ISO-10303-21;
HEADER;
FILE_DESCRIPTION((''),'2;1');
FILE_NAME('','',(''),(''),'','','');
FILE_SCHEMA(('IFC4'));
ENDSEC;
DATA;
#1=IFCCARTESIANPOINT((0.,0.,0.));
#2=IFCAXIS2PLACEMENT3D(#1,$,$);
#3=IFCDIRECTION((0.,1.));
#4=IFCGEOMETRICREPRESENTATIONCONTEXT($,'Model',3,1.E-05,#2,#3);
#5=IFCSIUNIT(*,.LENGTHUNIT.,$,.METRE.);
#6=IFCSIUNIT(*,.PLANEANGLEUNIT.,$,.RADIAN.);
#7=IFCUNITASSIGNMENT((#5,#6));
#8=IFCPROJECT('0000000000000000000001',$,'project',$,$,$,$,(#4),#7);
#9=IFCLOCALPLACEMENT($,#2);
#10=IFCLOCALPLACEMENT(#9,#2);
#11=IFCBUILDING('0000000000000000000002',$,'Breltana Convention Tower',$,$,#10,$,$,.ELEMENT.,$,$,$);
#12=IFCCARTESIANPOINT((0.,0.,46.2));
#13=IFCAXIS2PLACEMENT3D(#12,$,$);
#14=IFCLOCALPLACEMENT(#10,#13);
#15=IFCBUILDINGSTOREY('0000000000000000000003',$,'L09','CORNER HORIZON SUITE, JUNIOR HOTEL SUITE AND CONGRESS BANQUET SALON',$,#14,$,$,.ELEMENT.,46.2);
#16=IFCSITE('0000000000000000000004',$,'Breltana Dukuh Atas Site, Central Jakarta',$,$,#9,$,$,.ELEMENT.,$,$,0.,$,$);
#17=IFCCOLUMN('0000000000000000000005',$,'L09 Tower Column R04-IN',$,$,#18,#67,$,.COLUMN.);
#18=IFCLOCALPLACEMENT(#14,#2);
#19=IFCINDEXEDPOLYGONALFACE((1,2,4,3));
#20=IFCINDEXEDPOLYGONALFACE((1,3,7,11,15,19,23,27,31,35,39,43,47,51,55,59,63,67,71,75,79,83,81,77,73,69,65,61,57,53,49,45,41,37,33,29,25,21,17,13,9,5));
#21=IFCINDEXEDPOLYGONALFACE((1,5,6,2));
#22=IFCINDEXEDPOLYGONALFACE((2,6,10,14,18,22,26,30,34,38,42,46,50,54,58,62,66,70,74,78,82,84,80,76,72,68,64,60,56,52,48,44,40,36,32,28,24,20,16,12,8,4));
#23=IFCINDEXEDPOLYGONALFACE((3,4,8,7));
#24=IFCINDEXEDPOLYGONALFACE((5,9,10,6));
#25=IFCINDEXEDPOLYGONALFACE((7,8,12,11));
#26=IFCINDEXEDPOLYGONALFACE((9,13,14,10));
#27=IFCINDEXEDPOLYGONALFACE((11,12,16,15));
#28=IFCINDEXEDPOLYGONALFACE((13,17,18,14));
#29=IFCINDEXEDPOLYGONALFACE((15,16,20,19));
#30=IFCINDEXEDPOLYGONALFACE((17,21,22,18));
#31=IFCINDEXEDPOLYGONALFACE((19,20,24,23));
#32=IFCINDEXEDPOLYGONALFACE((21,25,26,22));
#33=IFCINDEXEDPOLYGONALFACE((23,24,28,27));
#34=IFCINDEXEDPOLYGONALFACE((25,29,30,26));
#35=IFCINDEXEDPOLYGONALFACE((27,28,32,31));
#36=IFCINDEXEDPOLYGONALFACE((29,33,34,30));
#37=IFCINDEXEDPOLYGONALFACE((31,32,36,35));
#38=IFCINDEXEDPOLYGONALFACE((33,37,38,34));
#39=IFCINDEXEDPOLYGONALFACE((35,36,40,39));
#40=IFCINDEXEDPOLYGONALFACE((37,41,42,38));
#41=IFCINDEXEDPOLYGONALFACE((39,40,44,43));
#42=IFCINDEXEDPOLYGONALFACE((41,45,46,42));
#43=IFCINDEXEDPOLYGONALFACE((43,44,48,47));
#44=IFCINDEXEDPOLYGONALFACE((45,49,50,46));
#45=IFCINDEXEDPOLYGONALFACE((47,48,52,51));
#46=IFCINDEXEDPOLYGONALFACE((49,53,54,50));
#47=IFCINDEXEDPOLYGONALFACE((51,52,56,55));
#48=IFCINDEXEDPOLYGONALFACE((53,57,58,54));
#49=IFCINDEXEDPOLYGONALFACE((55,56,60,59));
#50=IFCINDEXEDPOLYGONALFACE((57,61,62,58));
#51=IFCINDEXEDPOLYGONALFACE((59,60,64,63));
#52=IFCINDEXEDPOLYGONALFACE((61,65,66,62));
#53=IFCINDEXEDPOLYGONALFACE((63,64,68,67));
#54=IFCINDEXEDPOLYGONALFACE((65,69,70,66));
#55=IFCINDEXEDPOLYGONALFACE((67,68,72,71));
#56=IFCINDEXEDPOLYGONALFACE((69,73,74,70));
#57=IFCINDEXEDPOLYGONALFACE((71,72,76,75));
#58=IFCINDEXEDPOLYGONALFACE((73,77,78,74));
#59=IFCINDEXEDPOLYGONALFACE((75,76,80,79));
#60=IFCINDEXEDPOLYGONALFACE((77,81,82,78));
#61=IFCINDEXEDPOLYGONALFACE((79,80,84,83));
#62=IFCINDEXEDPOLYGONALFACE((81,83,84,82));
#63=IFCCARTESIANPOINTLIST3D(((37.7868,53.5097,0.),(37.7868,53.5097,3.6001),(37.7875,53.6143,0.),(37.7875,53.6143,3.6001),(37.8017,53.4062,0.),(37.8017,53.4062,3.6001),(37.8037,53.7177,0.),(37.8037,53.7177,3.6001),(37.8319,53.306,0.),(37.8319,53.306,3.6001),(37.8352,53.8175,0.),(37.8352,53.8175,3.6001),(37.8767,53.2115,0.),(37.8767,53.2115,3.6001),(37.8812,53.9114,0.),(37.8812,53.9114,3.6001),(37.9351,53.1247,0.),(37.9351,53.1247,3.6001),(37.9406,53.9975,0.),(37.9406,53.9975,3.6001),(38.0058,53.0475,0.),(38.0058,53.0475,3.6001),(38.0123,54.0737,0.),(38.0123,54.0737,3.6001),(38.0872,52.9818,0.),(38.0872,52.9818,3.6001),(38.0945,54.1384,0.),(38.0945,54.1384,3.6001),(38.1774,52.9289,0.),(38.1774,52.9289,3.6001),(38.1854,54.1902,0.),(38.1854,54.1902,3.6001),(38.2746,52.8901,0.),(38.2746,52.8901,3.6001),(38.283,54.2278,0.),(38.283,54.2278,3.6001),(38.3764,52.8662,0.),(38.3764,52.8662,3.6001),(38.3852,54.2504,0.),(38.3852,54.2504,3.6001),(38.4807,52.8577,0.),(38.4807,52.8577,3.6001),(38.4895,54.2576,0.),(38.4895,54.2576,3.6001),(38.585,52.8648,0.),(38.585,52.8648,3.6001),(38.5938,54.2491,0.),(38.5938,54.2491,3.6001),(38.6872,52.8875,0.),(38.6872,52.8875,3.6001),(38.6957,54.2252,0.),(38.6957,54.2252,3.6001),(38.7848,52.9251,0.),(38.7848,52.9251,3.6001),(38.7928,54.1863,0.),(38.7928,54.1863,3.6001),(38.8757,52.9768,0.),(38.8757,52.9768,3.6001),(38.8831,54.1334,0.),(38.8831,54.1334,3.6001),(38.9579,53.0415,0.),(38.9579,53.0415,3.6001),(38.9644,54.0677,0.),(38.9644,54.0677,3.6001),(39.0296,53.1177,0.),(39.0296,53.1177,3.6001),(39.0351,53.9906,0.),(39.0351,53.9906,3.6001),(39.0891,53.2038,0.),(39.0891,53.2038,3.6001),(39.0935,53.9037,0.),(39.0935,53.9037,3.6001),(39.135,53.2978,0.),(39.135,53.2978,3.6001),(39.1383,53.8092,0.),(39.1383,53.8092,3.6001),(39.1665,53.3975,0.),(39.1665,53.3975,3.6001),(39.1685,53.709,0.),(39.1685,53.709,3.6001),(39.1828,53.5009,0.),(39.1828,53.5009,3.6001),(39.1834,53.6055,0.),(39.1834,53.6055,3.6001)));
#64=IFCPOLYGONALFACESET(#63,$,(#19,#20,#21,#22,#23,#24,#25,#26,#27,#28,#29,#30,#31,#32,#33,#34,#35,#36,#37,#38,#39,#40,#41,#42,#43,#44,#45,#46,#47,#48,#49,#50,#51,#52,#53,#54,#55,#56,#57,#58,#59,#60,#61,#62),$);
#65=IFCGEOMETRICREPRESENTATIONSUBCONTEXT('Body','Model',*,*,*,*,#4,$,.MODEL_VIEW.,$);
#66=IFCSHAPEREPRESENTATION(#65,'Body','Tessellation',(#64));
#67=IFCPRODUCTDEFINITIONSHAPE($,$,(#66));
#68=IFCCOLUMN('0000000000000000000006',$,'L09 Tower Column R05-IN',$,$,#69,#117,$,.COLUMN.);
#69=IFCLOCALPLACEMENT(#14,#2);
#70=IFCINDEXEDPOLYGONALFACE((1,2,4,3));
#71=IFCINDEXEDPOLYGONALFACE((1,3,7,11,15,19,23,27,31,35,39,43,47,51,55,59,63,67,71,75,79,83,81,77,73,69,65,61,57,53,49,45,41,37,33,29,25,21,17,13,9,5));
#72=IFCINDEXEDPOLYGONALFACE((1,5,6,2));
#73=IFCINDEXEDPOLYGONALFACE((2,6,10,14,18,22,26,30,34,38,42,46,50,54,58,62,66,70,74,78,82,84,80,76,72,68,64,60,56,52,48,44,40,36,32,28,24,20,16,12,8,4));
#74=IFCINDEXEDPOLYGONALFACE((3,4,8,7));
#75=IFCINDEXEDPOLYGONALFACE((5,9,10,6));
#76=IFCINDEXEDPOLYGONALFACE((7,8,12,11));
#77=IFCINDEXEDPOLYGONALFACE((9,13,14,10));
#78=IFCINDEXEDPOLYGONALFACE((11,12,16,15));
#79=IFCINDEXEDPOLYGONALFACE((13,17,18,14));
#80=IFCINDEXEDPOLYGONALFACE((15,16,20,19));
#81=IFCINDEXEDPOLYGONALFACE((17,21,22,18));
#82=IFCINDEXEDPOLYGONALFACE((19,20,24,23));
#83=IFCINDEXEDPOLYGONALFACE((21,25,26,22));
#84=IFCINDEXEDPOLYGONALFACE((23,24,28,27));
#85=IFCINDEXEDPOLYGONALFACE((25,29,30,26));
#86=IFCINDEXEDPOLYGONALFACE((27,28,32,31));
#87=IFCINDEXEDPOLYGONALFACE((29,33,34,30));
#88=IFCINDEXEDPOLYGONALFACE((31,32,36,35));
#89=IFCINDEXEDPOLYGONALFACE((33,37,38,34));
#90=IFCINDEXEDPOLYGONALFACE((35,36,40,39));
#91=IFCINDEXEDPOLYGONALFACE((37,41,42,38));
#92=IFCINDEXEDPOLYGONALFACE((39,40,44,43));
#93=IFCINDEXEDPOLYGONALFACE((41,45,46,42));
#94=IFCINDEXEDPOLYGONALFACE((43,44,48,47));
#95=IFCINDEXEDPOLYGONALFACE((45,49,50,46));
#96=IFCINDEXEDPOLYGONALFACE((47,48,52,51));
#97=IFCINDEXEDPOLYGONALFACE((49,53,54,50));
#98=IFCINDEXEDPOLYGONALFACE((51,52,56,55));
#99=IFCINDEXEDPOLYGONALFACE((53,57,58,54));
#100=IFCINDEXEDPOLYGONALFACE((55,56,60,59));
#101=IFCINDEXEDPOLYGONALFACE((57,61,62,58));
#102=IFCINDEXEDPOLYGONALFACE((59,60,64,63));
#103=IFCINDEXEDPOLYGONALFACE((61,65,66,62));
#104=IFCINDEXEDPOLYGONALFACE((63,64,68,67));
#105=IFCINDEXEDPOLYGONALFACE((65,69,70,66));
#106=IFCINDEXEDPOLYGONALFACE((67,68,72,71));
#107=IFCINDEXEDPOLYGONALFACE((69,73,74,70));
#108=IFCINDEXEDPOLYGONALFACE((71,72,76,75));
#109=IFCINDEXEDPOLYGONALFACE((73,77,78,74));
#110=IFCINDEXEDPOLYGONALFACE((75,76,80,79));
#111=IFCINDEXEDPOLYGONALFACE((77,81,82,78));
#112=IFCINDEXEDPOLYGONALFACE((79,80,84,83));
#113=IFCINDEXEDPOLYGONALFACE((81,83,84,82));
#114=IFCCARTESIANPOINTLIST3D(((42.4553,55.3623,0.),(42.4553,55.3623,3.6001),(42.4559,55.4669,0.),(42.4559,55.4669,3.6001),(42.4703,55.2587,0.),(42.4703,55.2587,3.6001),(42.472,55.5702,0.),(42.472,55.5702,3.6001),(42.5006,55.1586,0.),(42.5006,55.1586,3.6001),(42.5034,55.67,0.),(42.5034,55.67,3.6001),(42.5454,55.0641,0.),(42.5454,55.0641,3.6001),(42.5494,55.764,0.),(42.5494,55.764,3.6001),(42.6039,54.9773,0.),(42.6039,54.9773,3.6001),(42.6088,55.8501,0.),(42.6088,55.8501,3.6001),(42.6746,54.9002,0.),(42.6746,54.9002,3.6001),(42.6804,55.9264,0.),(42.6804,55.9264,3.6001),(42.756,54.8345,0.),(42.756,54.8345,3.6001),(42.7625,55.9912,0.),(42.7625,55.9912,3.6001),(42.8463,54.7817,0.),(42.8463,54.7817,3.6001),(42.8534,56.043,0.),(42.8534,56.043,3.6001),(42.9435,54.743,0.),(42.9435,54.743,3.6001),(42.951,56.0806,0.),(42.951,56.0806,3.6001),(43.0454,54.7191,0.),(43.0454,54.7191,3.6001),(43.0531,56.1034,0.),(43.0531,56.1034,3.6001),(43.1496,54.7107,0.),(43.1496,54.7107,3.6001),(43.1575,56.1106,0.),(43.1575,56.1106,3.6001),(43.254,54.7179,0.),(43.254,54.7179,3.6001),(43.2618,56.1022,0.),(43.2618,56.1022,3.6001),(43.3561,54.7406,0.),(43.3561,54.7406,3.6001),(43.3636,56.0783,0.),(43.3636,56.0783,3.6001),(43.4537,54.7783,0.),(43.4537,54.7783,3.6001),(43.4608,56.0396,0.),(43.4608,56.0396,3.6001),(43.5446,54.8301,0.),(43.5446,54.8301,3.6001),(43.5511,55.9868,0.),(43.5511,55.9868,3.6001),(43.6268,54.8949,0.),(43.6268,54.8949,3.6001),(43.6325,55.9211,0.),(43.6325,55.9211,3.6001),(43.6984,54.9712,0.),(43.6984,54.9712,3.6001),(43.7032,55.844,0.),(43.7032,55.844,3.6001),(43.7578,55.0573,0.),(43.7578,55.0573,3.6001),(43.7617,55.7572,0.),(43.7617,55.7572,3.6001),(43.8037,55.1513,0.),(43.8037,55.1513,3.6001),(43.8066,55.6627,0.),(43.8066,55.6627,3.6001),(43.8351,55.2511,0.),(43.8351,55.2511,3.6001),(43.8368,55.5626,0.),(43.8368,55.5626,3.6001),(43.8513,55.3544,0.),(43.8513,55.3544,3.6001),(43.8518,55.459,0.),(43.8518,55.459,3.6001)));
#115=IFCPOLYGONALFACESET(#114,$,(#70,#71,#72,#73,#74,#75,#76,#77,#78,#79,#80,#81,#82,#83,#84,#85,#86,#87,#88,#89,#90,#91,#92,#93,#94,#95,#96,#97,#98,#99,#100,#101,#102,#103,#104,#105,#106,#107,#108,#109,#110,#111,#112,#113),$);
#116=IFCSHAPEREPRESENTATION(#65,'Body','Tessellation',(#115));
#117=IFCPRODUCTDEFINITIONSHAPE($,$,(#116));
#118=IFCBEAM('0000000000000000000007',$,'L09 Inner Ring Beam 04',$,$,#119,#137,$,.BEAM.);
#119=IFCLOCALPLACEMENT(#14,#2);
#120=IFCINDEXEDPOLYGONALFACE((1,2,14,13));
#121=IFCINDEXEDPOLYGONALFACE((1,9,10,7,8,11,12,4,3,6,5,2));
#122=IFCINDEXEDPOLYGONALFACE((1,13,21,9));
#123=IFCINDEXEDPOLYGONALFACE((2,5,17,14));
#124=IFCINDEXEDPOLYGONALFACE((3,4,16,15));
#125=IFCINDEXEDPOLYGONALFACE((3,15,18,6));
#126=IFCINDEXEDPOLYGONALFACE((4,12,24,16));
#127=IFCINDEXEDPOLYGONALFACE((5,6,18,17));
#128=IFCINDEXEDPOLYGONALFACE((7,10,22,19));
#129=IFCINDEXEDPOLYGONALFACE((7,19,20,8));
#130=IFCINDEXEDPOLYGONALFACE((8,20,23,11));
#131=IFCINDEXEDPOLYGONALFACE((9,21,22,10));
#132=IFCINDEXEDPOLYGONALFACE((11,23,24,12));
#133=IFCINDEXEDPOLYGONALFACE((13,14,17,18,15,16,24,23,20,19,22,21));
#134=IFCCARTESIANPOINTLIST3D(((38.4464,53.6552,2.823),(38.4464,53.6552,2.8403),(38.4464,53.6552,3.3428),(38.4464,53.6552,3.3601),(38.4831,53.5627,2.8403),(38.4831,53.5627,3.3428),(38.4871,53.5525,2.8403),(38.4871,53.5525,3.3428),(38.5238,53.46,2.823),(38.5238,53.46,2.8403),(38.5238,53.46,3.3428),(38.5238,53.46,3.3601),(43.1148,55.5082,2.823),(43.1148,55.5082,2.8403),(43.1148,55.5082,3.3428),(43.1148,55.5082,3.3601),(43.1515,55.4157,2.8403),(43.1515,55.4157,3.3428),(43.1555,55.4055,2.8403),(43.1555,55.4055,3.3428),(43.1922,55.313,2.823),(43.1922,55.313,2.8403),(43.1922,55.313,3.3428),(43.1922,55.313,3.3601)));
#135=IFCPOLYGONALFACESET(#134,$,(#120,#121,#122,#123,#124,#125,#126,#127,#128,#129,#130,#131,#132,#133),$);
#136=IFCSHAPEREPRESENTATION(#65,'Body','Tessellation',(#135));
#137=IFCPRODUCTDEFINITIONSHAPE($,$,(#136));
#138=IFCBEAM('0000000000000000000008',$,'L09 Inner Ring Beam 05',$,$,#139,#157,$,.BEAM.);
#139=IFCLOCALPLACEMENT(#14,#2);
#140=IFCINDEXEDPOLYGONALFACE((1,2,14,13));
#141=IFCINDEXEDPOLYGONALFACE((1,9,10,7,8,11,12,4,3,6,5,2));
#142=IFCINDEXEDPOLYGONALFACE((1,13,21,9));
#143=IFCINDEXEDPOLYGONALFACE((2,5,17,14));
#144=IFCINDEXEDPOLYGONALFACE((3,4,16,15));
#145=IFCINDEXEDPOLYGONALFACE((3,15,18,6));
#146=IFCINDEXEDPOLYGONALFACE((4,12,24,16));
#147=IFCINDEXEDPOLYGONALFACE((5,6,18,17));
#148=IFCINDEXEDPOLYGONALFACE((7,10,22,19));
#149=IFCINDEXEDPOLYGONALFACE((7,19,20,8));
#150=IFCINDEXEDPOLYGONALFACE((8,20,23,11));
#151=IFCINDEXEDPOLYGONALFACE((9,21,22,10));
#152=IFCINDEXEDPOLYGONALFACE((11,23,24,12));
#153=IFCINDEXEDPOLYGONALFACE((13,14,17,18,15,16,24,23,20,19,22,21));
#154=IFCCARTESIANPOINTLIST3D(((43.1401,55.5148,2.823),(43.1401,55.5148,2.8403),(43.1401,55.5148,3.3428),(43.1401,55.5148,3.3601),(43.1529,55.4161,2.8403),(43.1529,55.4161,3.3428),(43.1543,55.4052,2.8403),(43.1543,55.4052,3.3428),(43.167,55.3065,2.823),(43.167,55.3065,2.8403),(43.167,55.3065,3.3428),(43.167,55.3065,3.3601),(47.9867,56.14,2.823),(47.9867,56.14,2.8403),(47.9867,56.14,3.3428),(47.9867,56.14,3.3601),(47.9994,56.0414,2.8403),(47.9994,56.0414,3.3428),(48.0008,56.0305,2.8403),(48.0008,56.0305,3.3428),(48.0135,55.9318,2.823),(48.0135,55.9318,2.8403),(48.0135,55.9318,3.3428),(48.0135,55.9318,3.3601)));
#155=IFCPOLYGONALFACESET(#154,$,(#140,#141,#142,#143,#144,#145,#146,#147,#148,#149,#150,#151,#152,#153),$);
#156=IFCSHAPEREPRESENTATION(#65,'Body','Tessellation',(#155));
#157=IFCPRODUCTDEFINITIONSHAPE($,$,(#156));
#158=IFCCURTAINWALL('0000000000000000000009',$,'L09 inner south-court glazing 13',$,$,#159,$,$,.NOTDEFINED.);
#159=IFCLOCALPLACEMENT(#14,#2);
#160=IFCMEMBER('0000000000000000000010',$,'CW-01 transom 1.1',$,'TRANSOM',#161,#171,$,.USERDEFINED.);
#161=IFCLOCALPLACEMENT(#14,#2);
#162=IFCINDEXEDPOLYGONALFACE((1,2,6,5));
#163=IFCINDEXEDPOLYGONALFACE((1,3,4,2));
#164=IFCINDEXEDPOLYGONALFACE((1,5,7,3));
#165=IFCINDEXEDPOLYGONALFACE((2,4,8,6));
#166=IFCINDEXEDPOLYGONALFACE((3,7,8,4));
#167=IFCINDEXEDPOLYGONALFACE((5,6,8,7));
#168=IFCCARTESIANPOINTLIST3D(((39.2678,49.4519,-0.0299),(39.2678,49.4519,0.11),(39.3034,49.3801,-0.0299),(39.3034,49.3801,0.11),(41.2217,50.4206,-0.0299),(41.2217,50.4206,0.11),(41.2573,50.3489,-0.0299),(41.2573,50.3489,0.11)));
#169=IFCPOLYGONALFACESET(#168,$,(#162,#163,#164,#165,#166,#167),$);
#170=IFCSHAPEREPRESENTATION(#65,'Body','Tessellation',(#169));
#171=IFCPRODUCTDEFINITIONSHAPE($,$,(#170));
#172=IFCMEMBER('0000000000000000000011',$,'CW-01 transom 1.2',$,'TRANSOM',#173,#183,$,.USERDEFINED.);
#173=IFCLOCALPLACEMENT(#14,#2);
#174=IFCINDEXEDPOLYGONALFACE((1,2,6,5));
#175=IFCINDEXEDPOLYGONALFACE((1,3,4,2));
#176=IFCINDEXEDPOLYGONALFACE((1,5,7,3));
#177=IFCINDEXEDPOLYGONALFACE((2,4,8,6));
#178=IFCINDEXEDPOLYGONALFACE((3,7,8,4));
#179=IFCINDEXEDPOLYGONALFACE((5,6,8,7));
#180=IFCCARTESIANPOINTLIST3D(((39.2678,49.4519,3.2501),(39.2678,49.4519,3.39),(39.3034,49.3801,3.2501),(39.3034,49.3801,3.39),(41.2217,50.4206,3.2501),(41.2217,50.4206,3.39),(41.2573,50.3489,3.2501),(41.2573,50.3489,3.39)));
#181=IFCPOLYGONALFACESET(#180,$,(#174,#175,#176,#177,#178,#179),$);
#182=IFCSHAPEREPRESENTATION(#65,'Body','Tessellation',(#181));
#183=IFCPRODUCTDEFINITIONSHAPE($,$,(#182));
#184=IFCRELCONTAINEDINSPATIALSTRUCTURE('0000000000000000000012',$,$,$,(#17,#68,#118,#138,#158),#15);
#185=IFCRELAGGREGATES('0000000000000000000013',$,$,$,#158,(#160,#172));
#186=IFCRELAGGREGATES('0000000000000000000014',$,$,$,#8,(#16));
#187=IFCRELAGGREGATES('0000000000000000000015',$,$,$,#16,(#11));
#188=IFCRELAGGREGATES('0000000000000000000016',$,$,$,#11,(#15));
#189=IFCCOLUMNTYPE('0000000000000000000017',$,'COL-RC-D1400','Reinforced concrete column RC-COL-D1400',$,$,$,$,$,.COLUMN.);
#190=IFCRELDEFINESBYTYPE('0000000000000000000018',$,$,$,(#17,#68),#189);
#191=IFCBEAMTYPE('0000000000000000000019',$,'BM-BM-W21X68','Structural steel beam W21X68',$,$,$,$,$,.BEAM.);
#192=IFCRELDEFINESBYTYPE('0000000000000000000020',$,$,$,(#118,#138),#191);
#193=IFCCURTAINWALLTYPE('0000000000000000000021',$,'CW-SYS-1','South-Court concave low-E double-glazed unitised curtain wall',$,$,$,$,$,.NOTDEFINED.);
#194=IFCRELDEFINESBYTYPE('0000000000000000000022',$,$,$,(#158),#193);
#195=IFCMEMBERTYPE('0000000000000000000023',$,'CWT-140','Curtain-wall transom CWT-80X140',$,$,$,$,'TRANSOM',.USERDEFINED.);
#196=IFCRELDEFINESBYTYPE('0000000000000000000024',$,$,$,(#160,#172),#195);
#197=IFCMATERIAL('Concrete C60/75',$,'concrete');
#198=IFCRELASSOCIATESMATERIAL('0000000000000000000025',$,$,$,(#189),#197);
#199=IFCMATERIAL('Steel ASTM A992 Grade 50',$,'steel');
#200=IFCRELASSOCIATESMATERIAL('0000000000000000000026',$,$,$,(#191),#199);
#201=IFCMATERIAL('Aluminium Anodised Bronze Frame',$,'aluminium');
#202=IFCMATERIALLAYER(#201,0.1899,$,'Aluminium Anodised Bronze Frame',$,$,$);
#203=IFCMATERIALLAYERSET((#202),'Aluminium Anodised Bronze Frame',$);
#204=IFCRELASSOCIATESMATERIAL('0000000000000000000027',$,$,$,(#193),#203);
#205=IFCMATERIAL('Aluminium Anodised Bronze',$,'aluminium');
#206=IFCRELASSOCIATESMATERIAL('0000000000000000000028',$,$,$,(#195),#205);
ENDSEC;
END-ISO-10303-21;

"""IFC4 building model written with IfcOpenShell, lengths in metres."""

from ifc_helpers import new_model, si_unit, direction, frame, origin, origin_2d, place, context, subcontext, project, spatial, rectangle, circle, i_section, extrude, source, transform, mapped, material, layer, layer_set, material_profile, profile_set, type_object, element, aggregate, save


model = new_model("IFC4")

# Units and contexts
model_context = context("Model", 3, precision=1e-05, world=origin(), true_north=direction((0.0, 1.0)))
body_context = subcontext(model_context, "Body", "Model", "MODEL_VIEW")
ifc_project = project(units=[si_unit("LENGTHUNIT", "METRE"), si_unit("PLANEANGLEUNIT", "RADIAN")], contexts=[model_context])

# Site, building, storey
site_placement = place(None, origin())
site = spatial("IfcSite", under=ifc_project, at=site_placement, Name="Breltana Dukuh Atas Site, Central Jakarta", CompositionType="ELEMENT", RefElevation=0.0)
building_placement = place(site_placement, origin())
building = spatial("IfcBuilding", under=site, at=building_placement, Name="Breltana Convention Tower", CompositionType="ELEMENT")
storey_placement = place(building_placement, frame((0.0, 0.0, 46.2)))
storey = spatial("IfcBuildingStorey", under=building, at=storey_placement, Name="L09", Description="CORNER HORIZON SUITE, JUNIOR HOTEL SUITE AND CONGRESS BANQUET SALON", CompositionType="ELEMENT", Elevation=46.2)

# Columns
ifc_material_1 = material(Name="Concrete C60/75", Category="concrete")
ifc_material_profile_1 = material_profile(ifc_material_1, circle(Radius=0.7, at=origin_2d()), Name="RC-COL-D1400")
ifc_profile_set_1 = profile_set([ifc_material_profile_1], Name="Concrete C60/75")
column_type = type_object("IfcColumnType", Name="COL-RC-D1400", Description="Reinforced concrete column RC-COL-D1400", PredefinedType="COLUMN", material=ifc_profile_set_1)
shared_shape_1 = source(origin(), body_context, "Body", "SweptSolid", [
    extrude(circle(Radius=0.7, at=origin_2d()), origin(), (0.0, 0.0, 1.0), 3.6001),
])
for number, where, z_axis, x_axis, name in (
    (1, (38.4851, 53.5576, 0.0), (0.0, 0.0, 1.0), (-0.288698, 0.95742, 0.0), "L09 Tower Column R04-IN"),
    (2, (43.1536, 55.4106, 0.0), (0.0, 0.0, 1.0), (-0.143493, 0.989651, 0.0), "L09 Tower Column R05-IN"),
):
    element("IfcColumn", number, at=place(storey_placement, frame(where, z_axis=z_axis, x_axis=x_axis)), inside=storey, type_object=column_type, Name=name, PredefinedType="COLUMN", context=body_context, shape_type="MappedRepresentation", body=[
        mapped(shared_shape_1, transform((0.0, 0.0, 0.0), scale=1.0)),
    ])

# Beams
ifc_material_2 = material(Name="Steel ASTM A992 Grade 50", Category="steel")
ifc_material_profile_2 = material_profile(ifc_material_2, i_section(OverallWidth=0.21, OverallDepth=0.5371, WebThickness=0.011, FlangeThickness=0.0173, at=origin_2d()), Name="W21X68")
ifc_profile_set_2 = profile_set([ifc_material_profile_2], Name="Steel ASTM A992 Grade 50")
beam_type = type_object("IfcBeamType", Name="BM-BM-W21X68", Description="Structural steel beam W21X68", PredefinedType="BEAM", material=ifc_profile_set_2)
shared_shape_2 = source(origin(), body_context, "Body", "SweptSolid", [
    extrude(i_section(OverallWidth=0.21, OverallDepth=0.5371, WebThickness=0.011, FlangeThickness=0.0173, at=origin_2d()), origin(), (0.0, 0.0, 1.0), 5.0227),
])
beam_1_placement = place(storey_placement, frame((38.4851, 53.5576, 3.0916), z_axis=(0.929459, 0.368926, 0.0), x_axis=(-0.368926, 0.929459, 0.0)))
element("IfcBeam", 3, at=beam_1_placement, inside=storey, type_object=beam_type, Name="L09 Inner Ring Beam 04", PredefinedType="BEAM", context=body_context, shape_type="MappedRepresentation", body=[
    mapped(shared_shape_2, transform((0.0, 0.0, 0.0), scale=1.0)),
])
shared_shape_3 = source(origin(), body_context, "Body", "SweptSolid", [
    extrude(i_section(OverallWidth=0.21, OverallDepth=0.5371, WebThickness=0.011, FlangeThickness=0.0173, at=origin_2d()), origin(), (0.0, 0.0, 1.0), 4.8867),
])
beam_2_placement = place(storey_placement, frame((43.1536, 55.4106, 3.0916), z_axis=(0.991781, 0.127951, 0.0), x_axis=(-0.127951, 0.991781, 0.0)))
element("IfcBeam", 4, at=beam_2_placement, inside=storey, type_object=beam_type, Name="L09 Inner Ring Beam 05", PredefinedType="BEAM", context=body_context, shape_type="MappedRepresentation", body=[
    mapped(shared_shape_3, transform((0.0, 0.0, 0.0), scale=1.0)),
])

# Curtain wall, members
ifc_material_3 = material(Name="Aluminium Anodised Bronze Frame", Category="aluminium")
ifc_layer_1 = layer(ifc_material_3, 0.1899, Name="Aluminium Anodised Bronze Frame")
ifc_layer_set_1 = layer_set([ifc_layer_1], Name="Aluminium Anodised Bronze Frame")
curtain_wall_type = type_object("IfcCurtainWallType", Name="CW-SYS-1", Description="South-Court concave low-E double-glazed unitised curtain wall", PredefinedType="NOTDEFINED", material=ifc_layer_set_1)
curtain_wall_1_placement = place(storey_placement, origin())
curtain_wall_1 = element("IfcCurtainWall", 5, at=curtain_wall_1_placement, inside=storey, type_object=curtain_wall_type, Name="L09 inner south-court glazing 13", PredefinedType="NOTDEFINED")
ifc_material_4 = material(Name="Aluminium Anodised Bronze", Category="aluminium")
ifc_material_profile_3 = material_profile(ifc_material_4, rectangle(XDim=0.0801, YDim=0.1399, at=origin_2d()), Name="CWT-80X140")
ifc_profile_set_3 = profile_set([ifc_material_profile_3], Name="Aluminium Anodised Bronze")
member_type_1 = type_object("IfcMemberType", Name="CWT-140", Description="Curtain-wall transom CWT-80X140", ElementType="TRANSOM", PredefinedType="USERDEFINED", material=ifc_profile_set_3)
shared_shape_4 = source(origin(), body_context, "Body", "SweptSolid", [
    extrude(rectangle(XDim=0.0801, YDim=0.1399, at=origin_2d()), origin(), (0.0, 0.0, 1.0), 2.1809),
])
member_1_placement = place(storey_placement, frame((41.2395, 50.3848, 0.04), z_axis=(-0.895922, -0.444211, 0.0), x_axis=(0.444211, -0.895922, 0.0)))
member_1 = element("IfcMember", 6, at=member_1_placement, type_object=member_type_1, Name="CW-01 transom 1.1", ObjectType="TRANSOM", PredefinedType="USERDEFINED", context=body_context, shape_type="MappedRepresentation", body=[
    mapped(shared_shape_4, transform((0.0, 0.0, 0.0), scale=1.0)),
])
member_2_placement = place(storey_placement, frame((41.2395, 50.3848, 3.3201), z_axis=(-0.895922, -0.444211, 0.0), x_axis=(0.444211, -0.895922, 0.0)))
member_2 = element("IfcMember", 7, at=member_2_placement, type_object=member_type_1, Name="CW-01 transom 1.2", ObjectType="TRANSOM", PredefinedType="USERDEFINED", context=body_context, shape_type="MappedRepresentation", body=[
    mapped(shared_shape_4, transform((0.0, 0.0, 0.0), scale=1.0)),
])

aggregate(curtain_wall_1, [member_1, member_2])

save(model, "model.ifc")
